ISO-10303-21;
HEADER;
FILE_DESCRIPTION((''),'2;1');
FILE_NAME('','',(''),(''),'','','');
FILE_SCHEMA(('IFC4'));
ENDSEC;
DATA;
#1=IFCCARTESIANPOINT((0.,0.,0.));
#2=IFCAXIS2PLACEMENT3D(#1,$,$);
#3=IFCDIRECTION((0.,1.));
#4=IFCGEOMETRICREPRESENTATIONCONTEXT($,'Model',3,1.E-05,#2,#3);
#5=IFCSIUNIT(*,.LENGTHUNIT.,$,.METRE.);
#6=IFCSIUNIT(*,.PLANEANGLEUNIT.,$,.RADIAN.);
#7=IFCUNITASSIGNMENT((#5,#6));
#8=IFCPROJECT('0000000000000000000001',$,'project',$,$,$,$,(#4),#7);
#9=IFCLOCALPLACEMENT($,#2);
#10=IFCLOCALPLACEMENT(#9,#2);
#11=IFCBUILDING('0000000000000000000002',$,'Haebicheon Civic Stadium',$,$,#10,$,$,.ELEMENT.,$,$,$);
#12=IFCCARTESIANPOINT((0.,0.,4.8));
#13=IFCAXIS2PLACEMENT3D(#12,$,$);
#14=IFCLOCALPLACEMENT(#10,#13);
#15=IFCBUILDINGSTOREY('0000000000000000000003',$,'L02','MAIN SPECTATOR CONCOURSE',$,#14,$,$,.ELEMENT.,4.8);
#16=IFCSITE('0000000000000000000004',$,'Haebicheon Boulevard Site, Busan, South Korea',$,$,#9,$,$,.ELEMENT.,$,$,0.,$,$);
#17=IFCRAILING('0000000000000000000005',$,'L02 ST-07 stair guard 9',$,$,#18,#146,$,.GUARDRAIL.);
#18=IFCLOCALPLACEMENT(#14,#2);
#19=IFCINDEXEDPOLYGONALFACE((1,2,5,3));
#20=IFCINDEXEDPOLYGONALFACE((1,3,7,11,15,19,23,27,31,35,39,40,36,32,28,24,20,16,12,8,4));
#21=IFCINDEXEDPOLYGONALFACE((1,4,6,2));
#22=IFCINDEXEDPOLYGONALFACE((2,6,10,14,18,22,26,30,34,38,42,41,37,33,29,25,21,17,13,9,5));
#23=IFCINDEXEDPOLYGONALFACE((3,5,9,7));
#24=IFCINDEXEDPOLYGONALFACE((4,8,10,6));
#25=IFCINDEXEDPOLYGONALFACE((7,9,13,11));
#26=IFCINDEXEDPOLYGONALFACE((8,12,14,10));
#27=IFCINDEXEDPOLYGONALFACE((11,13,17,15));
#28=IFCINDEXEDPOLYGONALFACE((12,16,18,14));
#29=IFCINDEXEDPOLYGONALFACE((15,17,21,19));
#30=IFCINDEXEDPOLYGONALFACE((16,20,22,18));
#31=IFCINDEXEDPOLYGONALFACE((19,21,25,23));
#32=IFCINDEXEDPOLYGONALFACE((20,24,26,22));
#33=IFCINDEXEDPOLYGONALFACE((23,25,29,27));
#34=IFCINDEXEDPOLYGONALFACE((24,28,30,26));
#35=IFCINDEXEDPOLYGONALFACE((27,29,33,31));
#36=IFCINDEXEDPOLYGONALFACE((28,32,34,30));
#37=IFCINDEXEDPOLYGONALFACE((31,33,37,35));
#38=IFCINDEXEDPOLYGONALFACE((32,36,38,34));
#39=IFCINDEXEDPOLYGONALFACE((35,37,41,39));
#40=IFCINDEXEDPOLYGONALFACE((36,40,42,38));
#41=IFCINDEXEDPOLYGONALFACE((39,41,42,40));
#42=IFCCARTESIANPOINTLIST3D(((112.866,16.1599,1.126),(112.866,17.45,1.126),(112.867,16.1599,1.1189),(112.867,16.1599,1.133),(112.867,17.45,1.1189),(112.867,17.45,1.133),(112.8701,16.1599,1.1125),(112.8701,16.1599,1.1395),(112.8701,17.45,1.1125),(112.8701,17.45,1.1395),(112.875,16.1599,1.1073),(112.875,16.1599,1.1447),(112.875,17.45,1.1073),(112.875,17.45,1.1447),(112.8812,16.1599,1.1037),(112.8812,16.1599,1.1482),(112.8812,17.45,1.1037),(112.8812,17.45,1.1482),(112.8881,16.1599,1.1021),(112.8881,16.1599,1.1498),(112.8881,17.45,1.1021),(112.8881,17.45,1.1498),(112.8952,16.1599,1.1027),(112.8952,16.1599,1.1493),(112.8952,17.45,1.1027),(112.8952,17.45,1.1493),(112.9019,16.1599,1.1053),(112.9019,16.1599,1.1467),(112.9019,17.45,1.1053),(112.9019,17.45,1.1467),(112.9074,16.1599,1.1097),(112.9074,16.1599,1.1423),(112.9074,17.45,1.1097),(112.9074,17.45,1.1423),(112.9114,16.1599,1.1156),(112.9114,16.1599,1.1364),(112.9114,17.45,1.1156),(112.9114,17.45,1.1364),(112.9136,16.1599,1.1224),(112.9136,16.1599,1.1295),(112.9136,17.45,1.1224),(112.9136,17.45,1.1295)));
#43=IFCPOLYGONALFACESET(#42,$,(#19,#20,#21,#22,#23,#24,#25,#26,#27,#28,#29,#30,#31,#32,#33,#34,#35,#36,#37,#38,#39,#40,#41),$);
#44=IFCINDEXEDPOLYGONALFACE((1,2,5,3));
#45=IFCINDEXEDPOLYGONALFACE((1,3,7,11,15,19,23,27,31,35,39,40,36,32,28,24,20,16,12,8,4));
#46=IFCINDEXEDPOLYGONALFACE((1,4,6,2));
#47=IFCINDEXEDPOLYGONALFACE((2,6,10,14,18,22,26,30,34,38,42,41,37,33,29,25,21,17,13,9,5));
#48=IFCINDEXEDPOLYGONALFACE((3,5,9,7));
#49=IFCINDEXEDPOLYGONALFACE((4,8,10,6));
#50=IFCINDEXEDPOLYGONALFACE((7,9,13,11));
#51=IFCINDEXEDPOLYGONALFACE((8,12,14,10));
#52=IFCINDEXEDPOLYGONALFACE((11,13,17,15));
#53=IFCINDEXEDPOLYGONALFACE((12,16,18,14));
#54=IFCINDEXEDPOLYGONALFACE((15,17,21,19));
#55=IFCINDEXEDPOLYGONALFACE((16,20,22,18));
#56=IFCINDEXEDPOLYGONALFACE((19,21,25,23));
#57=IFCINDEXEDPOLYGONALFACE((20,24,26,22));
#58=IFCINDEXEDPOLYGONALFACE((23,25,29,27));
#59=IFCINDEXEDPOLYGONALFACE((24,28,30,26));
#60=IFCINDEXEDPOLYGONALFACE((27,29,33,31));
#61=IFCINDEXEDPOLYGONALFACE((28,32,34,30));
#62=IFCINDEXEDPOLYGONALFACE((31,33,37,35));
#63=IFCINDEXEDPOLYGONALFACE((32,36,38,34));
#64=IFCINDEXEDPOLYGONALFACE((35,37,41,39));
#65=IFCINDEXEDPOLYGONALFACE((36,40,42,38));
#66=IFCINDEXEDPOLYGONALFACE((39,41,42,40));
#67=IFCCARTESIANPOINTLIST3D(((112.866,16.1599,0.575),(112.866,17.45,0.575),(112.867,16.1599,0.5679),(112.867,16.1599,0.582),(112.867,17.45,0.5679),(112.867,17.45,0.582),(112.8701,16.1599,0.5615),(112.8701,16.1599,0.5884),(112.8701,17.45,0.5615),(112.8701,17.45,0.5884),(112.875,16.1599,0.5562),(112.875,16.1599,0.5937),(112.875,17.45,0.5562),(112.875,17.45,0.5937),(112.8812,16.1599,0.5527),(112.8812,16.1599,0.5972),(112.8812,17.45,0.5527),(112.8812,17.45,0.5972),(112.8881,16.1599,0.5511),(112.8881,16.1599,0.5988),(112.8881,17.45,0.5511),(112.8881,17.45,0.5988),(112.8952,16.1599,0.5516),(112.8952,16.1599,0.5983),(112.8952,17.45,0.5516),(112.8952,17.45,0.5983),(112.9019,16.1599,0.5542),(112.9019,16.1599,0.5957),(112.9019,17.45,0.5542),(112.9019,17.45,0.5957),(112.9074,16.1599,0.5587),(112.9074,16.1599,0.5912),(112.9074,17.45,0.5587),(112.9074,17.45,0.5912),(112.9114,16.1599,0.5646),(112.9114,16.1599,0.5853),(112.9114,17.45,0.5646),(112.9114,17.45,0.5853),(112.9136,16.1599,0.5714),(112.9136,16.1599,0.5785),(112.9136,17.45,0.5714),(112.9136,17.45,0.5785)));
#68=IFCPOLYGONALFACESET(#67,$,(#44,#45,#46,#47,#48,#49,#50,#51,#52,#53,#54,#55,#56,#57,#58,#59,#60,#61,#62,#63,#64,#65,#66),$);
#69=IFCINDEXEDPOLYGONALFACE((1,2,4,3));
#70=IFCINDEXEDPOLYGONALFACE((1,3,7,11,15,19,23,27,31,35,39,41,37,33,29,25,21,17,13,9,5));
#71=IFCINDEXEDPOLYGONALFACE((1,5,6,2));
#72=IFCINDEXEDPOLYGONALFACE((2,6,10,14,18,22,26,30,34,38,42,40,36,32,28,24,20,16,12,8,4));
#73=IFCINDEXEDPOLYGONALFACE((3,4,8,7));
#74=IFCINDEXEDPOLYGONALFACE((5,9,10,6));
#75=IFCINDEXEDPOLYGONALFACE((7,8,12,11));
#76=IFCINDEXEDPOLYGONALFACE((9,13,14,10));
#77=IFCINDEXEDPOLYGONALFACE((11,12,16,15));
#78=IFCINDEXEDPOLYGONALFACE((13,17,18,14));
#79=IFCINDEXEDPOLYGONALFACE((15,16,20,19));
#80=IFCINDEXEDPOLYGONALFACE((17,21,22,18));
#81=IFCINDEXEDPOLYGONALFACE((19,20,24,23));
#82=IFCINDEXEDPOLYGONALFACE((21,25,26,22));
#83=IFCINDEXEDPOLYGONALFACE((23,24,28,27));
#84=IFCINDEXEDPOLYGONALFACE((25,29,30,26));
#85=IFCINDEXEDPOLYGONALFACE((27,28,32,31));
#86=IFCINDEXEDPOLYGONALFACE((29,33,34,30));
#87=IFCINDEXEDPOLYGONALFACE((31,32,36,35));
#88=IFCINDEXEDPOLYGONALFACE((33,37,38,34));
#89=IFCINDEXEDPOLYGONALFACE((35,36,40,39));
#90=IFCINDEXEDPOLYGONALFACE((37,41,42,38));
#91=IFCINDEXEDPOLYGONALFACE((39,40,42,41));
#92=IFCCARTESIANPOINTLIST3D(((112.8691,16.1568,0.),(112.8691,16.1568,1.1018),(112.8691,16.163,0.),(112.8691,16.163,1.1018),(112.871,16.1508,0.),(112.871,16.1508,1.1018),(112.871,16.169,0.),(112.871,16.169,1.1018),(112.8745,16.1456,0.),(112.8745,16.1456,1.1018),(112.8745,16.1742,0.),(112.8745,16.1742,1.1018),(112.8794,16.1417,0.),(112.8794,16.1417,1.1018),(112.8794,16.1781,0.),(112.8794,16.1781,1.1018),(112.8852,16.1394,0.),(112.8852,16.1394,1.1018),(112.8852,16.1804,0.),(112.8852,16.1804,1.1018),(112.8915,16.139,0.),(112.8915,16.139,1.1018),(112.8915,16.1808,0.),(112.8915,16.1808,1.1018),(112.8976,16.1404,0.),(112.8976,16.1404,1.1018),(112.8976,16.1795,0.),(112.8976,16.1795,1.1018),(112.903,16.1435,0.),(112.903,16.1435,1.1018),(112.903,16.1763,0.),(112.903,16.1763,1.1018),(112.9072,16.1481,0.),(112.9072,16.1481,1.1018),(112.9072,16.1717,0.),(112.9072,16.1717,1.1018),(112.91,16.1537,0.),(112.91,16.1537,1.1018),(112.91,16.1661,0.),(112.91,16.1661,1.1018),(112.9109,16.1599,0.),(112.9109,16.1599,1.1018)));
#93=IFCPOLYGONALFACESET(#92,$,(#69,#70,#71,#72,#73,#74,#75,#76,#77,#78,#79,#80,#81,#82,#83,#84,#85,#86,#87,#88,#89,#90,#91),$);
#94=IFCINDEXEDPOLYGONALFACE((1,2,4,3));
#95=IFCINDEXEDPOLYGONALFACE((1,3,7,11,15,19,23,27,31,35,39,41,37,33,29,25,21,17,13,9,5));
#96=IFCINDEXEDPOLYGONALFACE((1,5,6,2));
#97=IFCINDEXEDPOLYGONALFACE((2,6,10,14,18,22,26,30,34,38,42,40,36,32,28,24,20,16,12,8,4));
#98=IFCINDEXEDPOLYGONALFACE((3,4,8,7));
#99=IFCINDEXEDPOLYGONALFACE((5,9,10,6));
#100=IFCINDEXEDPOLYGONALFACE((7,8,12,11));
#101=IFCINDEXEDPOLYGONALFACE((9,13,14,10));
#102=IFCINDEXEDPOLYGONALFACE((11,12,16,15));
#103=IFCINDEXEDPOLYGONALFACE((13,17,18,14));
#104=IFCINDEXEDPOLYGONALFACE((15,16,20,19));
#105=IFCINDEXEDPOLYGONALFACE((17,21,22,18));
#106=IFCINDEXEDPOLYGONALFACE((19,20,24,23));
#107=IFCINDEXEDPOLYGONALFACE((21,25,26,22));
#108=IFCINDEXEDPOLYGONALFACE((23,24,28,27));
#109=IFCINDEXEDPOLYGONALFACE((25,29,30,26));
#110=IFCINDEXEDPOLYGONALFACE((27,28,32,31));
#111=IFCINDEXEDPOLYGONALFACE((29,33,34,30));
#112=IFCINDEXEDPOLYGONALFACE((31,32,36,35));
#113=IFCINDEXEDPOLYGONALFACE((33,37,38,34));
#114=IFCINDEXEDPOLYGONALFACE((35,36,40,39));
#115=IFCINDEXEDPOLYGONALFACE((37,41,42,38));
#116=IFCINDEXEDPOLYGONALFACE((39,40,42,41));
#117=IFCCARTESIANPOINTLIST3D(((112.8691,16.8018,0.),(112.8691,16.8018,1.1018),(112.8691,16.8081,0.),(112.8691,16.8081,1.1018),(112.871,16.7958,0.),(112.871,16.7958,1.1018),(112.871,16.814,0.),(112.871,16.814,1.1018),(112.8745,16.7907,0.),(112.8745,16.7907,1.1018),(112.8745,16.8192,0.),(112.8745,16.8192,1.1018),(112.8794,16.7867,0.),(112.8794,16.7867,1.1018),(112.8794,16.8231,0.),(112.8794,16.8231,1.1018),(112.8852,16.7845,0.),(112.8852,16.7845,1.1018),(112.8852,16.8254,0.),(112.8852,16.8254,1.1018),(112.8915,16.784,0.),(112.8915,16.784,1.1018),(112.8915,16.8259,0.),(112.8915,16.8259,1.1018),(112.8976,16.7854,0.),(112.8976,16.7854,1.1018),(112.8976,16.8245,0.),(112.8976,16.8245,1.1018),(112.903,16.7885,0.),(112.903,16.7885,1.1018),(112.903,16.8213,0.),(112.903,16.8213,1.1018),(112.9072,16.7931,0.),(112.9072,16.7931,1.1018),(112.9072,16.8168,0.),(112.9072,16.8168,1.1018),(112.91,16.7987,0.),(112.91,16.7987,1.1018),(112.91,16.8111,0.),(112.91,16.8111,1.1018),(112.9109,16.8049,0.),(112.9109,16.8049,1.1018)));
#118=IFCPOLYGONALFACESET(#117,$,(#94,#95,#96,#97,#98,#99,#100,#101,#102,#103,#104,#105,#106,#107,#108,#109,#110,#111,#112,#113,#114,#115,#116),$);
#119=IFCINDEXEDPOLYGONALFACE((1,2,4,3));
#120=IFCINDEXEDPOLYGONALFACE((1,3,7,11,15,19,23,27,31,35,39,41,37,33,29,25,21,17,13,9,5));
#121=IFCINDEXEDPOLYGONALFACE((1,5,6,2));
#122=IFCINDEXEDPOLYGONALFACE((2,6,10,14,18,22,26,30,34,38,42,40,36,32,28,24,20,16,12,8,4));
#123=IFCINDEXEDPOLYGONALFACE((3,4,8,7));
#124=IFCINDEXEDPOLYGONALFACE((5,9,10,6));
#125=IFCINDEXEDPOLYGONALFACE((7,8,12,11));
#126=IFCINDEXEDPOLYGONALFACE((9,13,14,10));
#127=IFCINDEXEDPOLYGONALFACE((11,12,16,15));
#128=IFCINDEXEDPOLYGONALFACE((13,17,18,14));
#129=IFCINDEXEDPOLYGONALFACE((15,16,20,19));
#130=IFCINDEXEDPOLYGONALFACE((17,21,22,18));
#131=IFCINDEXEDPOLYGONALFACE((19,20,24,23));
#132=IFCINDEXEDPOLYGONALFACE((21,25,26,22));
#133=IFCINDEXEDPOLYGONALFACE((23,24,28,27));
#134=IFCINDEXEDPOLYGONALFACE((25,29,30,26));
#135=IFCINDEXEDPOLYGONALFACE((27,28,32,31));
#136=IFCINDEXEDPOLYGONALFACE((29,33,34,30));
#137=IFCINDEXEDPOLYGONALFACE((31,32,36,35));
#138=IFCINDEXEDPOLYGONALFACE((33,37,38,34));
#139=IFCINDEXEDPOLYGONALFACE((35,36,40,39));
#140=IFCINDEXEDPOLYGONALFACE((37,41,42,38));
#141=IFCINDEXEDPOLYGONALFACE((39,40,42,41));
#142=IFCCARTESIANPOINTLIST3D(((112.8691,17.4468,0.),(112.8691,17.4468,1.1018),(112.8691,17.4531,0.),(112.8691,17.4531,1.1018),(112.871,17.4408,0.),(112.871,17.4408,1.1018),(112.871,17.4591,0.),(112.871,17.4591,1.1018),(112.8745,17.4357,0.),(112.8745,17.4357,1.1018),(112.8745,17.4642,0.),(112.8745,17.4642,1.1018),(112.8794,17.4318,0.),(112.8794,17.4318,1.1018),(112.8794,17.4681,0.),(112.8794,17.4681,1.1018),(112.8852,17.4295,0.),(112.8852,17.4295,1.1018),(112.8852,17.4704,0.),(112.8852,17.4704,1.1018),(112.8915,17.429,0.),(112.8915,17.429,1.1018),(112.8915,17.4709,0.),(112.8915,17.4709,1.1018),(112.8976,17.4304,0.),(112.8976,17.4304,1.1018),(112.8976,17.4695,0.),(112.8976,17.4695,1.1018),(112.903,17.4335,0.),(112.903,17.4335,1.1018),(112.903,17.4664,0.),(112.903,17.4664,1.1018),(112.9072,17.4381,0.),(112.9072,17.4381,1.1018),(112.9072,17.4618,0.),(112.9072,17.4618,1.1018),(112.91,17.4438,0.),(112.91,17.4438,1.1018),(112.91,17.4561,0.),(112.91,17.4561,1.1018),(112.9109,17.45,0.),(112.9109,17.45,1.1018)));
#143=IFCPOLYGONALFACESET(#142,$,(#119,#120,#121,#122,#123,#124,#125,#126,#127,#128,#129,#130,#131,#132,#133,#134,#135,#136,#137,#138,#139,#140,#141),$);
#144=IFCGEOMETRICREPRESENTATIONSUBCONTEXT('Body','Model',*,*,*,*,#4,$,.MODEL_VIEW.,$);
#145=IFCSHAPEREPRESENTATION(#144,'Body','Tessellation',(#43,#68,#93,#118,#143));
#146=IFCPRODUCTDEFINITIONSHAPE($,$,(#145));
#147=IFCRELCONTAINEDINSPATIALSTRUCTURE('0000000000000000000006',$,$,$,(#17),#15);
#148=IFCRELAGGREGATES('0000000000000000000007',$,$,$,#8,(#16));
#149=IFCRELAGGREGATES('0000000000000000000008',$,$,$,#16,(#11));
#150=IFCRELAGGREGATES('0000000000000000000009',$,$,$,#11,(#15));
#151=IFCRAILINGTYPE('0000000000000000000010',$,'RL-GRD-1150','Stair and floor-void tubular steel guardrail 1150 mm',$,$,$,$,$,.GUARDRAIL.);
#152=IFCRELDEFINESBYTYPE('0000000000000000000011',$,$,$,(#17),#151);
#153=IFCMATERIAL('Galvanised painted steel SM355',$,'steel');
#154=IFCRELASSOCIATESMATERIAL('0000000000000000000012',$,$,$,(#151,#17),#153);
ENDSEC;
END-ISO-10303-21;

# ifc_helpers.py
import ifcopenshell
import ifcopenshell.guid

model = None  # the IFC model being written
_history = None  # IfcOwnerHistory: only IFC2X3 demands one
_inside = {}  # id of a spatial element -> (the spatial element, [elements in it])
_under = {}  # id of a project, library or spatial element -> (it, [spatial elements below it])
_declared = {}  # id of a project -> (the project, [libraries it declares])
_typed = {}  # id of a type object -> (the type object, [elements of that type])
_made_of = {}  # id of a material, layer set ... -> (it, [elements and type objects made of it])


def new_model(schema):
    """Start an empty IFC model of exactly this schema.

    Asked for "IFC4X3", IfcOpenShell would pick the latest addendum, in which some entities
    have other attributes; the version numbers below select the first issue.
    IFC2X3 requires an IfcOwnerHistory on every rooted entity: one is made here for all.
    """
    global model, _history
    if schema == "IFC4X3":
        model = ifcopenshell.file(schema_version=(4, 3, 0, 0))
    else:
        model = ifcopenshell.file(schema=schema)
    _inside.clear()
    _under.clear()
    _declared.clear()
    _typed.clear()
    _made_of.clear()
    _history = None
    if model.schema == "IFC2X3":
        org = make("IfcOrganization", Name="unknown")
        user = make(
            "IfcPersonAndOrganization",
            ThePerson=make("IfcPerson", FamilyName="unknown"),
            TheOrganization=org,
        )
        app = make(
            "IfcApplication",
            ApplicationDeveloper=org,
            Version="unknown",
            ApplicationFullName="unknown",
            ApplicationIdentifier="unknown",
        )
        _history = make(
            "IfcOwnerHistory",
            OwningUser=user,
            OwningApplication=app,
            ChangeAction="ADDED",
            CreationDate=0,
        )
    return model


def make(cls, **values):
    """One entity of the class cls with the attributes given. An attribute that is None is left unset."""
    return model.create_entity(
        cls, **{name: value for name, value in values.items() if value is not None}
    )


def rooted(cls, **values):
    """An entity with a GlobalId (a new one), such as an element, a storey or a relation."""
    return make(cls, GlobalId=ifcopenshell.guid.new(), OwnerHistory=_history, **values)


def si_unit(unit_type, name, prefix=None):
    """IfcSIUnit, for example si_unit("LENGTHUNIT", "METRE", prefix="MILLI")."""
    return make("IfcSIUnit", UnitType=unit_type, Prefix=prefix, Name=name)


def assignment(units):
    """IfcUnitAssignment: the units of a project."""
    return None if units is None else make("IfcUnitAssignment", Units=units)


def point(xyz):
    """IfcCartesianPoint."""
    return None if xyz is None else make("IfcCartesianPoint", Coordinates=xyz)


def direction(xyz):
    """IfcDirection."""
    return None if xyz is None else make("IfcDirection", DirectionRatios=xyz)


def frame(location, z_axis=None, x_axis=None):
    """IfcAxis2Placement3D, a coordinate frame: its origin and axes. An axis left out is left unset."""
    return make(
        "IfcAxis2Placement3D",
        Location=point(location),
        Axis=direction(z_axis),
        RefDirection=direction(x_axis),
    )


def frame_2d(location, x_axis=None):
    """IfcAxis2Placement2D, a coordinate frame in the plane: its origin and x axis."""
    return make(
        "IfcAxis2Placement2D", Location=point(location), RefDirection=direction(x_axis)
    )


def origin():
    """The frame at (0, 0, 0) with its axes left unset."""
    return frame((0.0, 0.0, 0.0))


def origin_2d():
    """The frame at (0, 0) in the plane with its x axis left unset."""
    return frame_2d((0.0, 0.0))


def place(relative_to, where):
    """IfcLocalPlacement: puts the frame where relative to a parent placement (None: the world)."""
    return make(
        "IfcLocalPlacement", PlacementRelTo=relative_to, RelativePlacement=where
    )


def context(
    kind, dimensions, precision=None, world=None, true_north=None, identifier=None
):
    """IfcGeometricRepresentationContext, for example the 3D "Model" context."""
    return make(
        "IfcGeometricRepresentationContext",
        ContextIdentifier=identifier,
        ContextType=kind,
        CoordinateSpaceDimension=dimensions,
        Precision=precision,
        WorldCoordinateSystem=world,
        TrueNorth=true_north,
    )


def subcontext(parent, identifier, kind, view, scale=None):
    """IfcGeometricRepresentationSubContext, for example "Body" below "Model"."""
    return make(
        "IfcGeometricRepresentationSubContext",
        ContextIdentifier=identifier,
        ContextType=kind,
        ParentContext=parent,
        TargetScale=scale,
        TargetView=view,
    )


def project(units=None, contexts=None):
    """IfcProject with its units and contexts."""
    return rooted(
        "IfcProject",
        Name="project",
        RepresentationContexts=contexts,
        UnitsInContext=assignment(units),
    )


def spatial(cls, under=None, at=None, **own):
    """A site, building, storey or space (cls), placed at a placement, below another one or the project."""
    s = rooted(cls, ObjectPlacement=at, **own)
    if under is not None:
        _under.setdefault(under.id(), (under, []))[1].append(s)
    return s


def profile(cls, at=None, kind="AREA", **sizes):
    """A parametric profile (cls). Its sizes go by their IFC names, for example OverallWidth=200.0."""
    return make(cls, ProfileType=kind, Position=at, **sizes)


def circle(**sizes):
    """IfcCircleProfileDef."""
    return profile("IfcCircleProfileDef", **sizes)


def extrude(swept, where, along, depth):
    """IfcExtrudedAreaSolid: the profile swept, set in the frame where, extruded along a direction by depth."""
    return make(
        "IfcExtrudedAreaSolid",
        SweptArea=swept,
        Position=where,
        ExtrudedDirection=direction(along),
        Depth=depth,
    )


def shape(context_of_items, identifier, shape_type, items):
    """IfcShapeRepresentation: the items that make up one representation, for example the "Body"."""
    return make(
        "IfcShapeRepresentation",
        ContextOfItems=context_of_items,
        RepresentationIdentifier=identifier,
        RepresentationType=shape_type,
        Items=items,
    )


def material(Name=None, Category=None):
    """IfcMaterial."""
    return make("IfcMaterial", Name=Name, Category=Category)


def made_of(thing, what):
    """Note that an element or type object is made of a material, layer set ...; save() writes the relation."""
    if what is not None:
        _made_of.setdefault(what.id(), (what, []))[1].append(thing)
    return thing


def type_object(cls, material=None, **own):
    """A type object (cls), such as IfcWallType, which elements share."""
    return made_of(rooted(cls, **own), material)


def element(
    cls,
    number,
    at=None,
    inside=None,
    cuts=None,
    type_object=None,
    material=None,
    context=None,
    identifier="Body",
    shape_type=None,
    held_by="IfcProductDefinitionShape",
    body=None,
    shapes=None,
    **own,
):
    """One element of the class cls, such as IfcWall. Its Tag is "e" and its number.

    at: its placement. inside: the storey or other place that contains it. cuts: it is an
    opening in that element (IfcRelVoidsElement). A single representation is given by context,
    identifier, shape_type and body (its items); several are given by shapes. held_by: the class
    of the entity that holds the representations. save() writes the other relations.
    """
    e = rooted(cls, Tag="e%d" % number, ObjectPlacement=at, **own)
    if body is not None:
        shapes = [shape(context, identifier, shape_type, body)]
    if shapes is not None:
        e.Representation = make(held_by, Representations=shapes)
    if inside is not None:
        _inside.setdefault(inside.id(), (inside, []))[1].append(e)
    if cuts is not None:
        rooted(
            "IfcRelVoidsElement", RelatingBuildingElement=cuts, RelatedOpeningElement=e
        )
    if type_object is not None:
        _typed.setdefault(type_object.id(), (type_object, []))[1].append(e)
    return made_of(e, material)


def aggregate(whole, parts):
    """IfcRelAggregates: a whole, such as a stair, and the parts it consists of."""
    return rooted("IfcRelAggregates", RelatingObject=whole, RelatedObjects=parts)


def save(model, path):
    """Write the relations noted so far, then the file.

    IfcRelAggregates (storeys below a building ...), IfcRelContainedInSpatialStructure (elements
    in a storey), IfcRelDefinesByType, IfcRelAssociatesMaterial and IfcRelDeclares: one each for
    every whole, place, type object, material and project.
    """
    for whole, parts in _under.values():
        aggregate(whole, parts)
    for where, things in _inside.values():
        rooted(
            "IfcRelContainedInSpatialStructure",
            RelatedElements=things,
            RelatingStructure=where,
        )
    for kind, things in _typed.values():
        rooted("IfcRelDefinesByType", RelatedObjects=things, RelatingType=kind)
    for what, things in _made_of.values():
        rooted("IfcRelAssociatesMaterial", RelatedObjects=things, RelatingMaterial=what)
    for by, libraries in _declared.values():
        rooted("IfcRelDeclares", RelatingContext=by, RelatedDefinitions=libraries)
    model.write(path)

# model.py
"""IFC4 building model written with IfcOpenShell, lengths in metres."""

from ifc_helpers import new_model, si_unit, direction, frame, origin, origin_2d, place, context, subcontext, project, spatial, circle, extrude, material, type_object, element, save


model = new_model("IFC4")

# Units and contexts
model_context = context("Model", 3, precision=1e-05, world=origin(), true_north=direction((0.0, 1.0)))
body_context = subcontext(model_context, "Body", "Model", "MODEL_VIEW")
ifc_project = project(units=[si_unit("LENGTHUNIT", "METRE"), si_unit("PLANEANGLEUNIT", "RADIAN")], contexts=[model_context])

# Site, building, storey
site_placement = place(None, origin())
site = spatial("IfcSite", under=ifc_project, at=site_placement, Name="Haebicheon Boulevard Site, Busan, South Korea", CompositionType="ELEMENT", RefElevation=0.0)
building_placement = place(site_placement, origin())
building = spatial("IfcBuilding", under=site, at=building_placement, Name="Haebicheon Civic Stadium", CompositionType="ELEMENT")
storey_placement = place(building_placement, frame((0.0, 0.0, 4.8)))
storey = spatial("IfcBuildingStorey", under=building, at=storey_placement, Name="L02", Description="MAIN SPECTATOR CONCOURSE", CompositionType="ELEMENT", Elevation=4.8)

# Railing
ifc_material_1 = material(Name="Galvanised painted steel SM355", Category="steel")
railing_type_1 = type_object("IfcRailingType", Name="RL-GRD-1150", Description="Stair and floor-void tubular steel guardrail 1150 mm", PredefinedType="GUARDRAIL", material=ifc_material_1)
railing_1_placement = place(storey_placement, frame((112.8899, 16.1599, 0.0)))
element("IfcRailing", 1, at=railing_1_placement, inside=storey, type_object=railing_type_1, material=ifc_material_1, Name="L02 ST-07 stair guard 9", PredefinedType="GUARDRAIL", context=body_context, shape_type="SweptSolid", body=[
    extrude(circle(Radius=0.0239, at=origin_2d()), frame((0.0, 0.0, 1.126), z_axis=(0.0, 1.0, 0.0), x_axis=(-1.0, 0.0, 0.0)), (0.0, 0.0, 1.0), 1.29),
    extrude(circle(Radius=0.0239, at=origin_2d()), frame((0.0, 0.0, 0.575), z_axis=(0.0, 1.0, 0.0), x_axis=(-1.0, 0.0, 0.0)), (0.0, 0.0, 1.0), 1.29),
    extrude(circle(Radius=0.021, at=origin_2d()), origin(), (0.0, 0.0, 1.0), 1.1018),
    extrude(circle(Radius=0.021, at=origin_2d()), frame((0.0, 0.645, 0.0)), (0.0, 0.0, 1.0), 1.1018),
    extrude(circle(Radius=0.021, at=origin_2d()), frame((0.0, 1.29, 0.0)), (0.0, 0.0, 1.0), 1.1018),
])

save(model, "model.ifc")
